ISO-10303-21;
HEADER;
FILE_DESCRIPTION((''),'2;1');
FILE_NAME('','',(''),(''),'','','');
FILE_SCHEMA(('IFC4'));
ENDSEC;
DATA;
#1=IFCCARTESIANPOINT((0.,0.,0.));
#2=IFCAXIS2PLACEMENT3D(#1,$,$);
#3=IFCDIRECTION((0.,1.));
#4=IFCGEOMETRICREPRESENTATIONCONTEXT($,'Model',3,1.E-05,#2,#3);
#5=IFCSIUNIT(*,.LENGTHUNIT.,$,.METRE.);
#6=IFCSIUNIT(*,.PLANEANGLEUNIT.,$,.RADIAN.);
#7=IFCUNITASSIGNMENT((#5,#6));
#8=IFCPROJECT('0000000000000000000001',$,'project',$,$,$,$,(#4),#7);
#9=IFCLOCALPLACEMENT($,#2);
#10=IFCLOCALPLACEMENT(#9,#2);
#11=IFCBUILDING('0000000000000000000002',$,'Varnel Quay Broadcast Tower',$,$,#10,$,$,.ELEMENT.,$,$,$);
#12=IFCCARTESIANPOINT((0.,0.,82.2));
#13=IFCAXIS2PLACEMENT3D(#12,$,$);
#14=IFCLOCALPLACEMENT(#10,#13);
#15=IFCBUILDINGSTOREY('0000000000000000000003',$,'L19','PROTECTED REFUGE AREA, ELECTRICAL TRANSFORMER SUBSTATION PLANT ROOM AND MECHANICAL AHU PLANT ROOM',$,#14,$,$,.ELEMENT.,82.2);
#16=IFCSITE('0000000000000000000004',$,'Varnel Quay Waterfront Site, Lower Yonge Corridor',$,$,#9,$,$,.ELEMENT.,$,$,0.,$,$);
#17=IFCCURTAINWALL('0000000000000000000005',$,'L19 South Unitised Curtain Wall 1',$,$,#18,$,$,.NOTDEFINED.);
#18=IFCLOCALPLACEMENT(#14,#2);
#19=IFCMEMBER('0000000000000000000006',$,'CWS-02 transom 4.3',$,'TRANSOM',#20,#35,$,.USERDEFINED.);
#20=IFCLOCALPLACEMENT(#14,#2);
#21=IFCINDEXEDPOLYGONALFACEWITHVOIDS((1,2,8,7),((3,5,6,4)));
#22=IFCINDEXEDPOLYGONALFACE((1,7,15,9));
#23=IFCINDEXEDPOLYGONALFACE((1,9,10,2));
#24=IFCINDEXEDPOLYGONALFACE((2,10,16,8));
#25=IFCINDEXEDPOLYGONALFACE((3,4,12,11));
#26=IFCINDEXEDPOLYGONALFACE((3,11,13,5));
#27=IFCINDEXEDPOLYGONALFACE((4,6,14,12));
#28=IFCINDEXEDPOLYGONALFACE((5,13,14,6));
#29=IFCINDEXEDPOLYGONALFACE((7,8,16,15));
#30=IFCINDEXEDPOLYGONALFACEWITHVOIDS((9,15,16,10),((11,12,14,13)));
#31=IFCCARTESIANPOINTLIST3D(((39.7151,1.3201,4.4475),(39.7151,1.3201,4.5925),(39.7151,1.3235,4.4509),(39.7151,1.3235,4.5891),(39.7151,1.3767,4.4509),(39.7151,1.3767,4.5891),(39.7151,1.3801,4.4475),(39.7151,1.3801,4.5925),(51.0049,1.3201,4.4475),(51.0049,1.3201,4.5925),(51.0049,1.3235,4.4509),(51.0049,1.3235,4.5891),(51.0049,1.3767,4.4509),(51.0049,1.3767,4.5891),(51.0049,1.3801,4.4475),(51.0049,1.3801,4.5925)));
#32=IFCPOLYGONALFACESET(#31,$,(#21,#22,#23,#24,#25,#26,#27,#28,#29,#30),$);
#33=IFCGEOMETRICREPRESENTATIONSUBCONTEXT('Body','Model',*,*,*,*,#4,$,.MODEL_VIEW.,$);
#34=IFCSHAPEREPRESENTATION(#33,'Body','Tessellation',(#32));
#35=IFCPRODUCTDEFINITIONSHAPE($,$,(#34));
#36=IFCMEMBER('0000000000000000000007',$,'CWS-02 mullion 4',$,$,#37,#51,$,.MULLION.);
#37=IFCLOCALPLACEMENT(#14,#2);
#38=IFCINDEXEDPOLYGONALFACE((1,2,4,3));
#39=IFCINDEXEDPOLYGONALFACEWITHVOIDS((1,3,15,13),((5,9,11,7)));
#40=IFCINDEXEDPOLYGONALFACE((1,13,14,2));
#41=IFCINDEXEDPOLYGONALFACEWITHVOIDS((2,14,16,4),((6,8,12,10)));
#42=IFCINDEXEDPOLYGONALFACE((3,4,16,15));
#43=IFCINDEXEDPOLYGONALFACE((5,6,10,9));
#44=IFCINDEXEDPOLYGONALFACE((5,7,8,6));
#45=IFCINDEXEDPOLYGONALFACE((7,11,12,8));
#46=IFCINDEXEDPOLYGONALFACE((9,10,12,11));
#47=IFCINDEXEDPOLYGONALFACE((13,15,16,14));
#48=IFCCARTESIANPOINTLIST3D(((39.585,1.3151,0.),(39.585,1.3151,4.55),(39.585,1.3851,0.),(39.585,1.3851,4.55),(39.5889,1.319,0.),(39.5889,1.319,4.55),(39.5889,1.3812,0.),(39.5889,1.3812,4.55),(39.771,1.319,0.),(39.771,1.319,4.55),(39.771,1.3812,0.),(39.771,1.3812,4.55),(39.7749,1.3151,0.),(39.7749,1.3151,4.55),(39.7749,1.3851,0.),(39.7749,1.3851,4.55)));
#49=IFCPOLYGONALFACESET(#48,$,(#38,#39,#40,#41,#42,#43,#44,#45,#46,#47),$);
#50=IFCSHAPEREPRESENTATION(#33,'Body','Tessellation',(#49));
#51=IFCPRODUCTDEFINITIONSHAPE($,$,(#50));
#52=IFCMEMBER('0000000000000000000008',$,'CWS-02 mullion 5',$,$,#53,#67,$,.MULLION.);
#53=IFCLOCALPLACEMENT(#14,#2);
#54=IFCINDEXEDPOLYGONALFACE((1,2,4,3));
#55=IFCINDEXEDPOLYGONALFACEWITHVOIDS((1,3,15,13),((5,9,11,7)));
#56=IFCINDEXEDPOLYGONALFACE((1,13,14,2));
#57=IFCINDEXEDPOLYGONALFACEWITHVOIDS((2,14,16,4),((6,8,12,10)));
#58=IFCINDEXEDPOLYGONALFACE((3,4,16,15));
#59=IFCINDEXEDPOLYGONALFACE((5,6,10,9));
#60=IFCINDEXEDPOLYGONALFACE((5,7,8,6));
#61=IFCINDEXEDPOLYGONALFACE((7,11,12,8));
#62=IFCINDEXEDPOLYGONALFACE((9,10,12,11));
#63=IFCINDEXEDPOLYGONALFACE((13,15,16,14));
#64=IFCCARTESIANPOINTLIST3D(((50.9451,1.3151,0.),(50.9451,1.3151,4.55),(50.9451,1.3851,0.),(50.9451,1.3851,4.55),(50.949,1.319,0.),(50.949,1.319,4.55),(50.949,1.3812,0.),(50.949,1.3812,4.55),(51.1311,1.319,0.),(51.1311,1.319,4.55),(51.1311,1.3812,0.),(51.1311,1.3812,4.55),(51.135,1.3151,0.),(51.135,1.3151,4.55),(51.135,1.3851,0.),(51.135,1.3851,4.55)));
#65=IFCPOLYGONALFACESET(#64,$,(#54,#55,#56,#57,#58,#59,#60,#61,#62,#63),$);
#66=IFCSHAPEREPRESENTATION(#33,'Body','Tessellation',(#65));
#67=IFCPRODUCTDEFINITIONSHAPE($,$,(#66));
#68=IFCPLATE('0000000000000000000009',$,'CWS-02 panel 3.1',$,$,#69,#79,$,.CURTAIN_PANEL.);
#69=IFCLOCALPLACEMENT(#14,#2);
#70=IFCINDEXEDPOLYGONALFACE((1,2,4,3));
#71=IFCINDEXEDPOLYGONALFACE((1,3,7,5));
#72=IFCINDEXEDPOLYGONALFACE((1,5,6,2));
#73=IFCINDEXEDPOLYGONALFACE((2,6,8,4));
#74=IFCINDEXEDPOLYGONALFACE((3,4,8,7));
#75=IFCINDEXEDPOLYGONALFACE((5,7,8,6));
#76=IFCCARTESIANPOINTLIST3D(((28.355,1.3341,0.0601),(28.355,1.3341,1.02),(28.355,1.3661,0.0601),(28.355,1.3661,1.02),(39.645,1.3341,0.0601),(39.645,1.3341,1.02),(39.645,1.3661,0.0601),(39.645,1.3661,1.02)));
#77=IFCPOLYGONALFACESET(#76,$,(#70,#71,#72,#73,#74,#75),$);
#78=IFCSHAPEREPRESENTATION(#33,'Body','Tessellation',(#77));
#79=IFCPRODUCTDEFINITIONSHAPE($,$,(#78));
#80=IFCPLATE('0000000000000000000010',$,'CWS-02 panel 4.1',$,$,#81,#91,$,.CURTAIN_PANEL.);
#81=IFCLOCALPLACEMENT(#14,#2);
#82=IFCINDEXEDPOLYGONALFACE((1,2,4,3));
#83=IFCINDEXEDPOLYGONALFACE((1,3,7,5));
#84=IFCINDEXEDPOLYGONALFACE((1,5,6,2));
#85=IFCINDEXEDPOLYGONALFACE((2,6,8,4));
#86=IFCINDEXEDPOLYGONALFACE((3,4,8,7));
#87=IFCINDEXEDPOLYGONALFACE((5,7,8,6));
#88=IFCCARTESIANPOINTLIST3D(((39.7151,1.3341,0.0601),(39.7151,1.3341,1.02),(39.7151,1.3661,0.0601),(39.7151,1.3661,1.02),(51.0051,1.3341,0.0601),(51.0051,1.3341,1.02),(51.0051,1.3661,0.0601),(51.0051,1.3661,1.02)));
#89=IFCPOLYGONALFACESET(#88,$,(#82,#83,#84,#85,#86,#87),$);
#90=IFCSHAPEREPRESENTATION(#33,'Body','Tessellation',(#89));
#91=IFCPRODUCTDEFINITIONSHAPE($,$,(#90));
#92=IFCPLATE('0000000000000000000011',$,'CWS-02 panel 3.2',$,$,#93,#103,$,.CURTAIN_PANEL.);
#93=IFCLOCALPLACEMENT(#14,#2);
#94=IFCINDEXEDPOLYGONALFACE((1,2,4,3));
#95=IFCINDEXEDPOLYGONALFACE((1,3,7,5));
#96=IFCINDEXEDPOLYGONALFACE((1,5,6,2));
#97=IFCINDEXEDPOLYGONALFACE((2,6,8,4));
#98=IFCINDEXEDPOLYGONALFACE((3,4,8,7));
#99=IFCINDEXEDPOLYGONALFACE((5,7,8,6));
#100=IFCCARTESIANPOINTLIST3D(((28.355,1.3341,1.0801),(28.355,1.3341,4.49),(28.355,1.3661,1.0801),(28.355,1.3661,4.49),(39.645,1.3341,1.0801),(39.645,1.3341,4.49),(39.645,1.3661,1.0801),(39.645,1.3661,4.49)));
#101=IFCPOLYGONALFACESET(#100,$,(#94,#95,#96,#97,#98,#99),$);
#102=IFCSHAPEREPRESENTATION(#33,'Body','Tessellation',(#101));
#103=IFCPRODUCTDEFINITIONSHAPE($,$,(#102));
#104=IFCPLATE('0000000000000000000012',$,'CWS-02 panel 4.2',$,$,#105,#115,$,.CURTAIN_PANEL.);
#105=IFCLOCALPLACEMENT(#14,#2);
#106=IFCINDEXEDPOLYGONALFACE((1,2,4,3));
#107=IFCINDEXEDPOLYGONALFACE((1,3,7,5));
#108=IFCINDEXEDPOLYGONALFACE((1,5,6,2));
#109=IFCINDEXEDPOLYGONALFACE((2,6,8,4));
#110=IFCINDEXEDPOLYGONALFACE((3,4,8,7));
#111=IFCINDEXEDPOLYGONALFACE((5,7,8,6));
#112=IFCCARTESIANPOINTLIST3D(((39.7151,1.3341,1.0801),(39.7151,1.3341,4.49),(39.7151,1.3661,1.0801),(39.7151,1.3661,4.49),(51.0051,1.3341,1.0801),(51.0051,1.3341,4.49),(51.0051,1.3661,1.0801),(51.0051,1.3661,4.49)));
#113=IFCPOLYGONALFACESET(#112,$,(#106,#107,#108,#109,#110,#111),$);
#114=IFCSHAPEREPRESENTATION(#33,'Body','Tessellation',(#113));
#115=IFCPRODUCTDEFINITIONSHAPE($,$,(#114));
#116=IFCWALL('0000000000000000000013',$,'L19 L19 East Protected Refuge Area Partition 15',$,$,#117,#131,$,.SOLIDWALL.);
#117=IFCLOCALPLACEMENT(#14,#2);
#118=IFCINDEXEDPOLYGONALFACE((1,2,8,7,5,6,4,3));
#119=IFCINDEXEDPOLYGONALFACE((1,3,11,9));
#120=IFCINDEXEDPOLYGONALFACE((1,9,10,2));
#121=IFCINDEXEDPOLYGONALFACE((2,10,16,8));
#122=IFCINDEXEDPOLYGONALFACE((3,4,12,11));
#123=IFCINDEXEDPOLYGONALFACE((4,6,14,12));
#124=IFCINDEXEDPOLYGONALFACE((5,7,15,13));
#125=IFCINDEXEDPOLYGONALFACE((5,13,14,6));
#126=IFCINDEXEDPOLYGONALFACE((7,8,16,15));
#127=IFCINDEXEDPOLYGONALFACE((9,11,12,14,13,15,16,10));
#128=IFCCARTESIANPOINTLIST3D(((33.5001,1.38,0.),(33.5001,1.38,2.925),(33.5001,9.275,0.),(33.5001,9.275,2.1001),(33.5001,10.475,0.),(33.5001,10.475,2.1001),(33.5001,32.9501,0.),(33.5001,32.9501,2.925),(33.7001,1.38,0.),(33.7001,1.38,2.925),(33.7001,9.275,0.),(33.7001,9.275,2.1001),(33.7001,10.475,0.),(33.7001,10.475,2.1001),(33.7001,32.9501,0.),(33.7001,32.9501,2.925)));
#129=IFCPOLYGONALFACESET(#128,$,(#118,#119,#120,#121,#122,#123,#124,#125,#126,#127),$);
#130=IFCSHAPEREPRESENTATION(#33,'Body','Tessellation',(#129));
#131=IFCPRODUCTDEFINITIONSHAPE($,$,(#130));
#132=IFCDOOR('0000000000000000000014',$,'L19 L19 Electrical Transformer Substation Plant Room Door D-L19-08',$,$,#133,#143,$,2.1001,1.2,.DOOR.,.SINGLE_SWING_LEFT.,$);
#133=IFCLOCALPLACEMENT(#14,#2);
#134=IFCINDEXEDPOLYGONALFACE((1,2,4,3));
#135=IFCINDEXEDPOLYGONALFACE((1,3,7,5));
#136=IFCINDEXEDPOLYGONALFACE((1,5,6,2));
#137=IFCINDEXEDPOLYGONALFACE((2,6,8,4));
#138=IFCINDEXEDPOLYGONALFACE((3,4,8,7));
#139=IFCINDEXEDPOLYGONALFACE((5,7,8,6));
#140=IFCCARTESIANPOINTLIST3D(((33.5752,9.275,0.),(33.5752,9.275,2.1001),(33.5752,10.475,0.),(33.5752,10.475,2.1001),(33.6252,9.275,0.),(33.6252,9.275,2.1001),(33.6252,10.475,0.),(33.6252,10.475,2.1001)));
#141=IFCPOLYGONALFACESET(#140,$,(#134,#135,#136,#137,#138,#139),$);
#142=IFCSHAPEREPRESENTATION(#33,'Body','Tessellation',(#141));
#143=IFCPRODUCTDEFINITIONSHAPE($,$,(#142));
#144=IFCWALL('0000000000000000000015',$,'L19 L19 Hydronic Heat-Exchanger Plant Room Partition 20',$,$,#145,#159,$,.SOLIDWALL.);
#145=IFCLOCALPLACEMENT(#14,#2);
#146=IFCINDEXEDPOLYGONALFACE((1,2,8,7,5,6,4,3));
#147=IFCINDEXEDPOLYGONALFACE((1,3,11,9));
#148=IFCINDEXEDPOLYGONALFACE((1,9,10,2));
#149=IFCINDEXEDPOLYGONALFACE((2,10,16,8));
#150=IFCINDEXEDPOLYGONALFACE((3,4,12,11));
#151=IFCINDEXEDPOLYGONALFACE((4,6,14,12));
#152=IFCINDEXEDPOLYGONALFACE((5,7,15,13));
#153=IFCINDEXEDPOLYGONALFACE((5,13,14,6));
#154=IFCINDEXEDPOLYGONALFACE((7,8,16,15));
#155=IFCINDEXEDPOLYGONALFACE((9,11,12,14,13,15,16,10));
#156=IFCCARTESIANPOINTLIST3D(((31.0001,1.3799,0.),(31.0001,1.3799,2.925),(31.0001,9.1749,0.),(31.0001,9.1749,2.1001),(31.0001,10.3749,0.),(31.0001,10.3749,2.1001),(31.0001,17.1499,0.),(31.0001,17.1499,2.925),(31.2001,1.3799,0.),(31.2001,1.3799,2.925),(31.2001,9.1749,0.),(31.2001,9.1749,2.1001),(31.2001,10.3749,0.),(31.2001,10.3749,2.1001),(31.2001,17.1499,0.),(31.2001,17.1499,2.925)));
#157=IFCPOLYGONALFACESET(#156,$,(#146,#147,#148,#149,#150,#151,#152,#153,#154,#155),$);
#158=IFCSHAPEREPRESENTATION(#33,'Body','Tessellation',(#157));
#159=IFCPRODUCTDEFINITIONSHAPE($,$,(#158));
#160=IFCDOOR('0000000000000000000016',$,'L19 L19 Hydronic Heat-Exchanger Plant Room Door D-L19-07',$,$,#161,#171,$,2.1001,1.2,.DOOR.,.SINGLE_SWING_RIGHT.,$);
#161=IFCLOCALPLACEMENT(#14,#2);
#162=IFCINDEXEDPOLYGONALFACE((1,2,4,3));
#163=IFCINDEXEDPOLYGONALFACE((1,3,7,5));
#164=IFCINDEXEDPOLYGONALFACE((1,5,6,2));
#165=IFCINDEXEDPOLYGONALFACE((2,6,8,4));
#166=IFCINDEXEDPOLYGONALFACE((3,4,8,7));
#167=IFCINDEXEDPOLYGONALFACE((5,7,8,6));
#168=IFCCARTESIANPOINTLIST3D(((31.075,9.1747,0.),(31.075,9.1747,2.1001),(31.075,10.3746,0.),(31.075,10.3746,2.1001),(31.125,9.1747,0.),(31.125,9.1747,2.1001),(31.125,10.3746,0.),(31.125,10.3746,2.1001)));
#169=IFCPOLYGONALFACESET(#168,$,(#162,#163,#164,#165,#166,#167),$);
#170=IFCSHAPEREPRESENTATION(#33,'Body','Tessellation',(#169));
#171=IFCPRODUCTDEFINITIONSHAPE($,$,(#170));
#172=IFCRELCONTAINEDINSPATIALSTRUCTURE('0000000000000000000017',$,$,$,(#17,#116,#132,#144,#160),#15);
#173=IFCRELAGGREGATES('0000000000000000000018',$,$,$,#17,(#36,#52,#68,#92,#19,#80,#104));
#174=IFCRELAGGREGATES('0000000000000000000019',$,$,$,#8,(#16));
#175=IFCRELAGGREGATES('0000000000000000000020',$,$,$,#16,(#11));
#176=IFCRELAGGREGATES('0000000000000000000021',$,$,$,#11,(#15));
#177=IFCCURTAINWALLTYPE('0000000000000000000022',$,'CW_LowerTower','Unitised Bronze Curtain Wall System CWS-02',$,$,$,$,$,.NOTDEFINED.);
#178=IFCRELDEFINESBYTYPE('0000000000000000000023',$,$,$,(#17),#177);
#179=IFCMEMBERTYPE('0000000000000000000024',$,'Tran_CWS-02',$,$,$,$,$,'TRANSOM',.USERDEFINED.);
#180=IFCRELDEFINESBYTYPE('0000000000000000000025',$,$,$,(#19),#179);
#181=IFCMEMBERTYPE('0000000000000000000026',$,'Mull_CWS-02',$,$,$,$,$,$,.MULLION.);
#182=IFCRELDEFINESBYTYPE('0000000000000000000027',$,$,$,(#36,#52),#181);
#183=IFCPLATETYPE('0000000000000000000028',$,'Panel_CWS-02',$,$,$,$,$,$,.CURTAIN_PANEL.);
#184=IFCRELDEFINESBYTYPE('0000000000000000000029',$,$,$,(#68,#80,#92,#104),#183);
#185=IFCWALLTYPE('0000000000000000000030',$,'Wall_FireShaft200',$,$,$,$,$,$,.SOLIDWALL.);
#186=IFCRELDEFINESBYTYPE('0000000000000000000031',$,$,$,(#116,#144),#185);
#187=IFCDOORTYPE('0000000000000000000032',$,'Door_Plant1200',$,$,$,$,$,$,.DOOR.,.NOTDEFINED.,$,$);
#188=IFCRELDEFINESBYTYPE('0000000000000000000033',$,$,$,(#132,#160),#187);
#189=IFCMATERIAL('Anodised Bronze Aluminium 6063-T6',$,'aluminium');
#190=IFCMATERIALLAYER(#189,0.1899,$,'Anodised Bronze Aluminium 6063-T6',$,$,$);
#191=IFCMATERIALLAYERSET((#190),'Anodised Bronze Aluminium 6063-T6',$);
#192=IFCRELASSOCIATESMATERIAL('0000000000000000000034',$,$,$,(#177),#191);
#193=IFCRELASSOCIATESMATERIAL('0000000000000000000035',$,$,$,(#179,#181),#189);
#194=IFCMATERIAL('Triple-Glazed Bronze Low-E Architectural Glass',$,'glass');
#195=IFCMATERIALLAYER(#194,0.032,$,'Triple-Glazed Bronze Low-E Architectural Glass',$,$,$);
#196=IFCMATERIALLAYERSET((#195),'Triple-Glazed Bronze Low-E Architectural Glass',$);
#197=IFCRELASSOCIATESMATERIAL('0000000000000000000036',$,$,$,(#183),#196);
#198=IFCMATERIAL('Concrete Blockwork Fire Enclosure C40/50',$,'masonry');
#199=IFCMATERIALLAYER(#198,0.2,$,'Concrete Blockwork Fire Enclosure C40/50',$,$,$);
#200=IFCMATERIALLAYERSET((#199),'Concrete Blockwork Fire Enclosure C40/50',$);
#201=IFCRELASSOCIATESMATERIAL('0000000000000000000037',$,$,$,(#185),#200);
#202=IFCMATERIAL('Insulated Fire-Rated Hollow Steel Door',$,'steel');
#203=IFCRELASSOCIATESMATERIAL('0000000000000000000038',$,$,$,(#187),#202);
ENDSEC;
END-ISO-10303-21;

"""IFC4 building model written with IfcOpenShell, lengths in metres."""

from ifc_helpers import new_model, si_unit, direction, frame, frame_2d, origin, origin_2d, place, context, subcontext, project, spatial, rectangle, hollow_rectangle, extrude, source, transform, mapped, material, layer, layer_set, material_profile, profile_set, type_object, type_shapes, element, fill, aggregate, save


model = new_model("IFC4")

# Units and contexts
model_context = context("Model", 3, precision=1e-05, world=origin(), true_north=direction((0.0, 1.0)))
body_context = subcontext(model_context, "Body", "Model", "MODEL_VIEW")
ifc_project = project(units=[si_unit("LENGTHUNIT", "METRE"), si_unit("PLANEANGLEUNIT", "RADIAN")], contexts=[model_context])

# Site, building, storey
site_placement = place(None, origin())
site = spatial("IfcSite", under=ifc_project, at=site_placement, Name="Varnel Quay Waterfront Site, Lower Yonge Corridor", CompositionType="ELEMENT", RefElevation=0.0)
building_placement = place(site_placement, origin())
building = spatial("IfcBuilding", under=site, at=building_placement, Name="Varnel Quay Broadcast Tower", CompositionType="ELEMENT")
storey_placement = place(building_placement, frame((0.0, 0.0, 82.2)))
storey = spatial("IfcBuildingStorey", under=building, at=storey_placement, Name="L19", Description="PROTECTED REFUGE AREA, ELECTRICAL TRANSFORMER SUBSTATION PLANT ROOM AND MECHANICAL AHU PLANT ROOM", CompositionType="ELEMENT", Elevation=82.2)

# Curtain wall, members, plates
ifc_material_1 = material(Name="Anodised Bronze Aluminium 6063-T6", Category="aluminium")
ifc_layer_1 = layer(ifc_material_1, 0.1899, Name="Anodised Bronze Aluminium 6063-T6")
ifc_layer_set_1 = layer_set([ifc_layer_1], Name="Anodised Bronze Aluminium 6063-T6")
curtain_wall_type = type_object("IfcCurtainWallType", Name="CW_LowerTower", Description="Unitised Bronze Curtain Wall System CWS-02", PredefinedType="NOTDEFINED", material=ifc_layer_set_1)
curtain_wall_placement = place(storey_placement, origin())
curtain_wall = element("IfcCurtainWall", 1, at=curtain_wall_placement, inside=storey, type_object=curtain_wall_type, Name="L19 South Unitised Curtain Wall 1", PredefinedType="NOTDEFINED")
ifc_material_profile_1 = material_profile(ifc_material_1, hollow_rectangle(XDim=0.0601, YDim=0.145, WallThickness=0.0034, at=origin_2d()), Name="ALU60X145X3.5")
ifc_profile_set_1 = profile_set([ifc_material_profile_1], Name="Anodised Bronze Aluminium 6063-T6")
member_type_1 = type_object("IfcMemberType", Name="Tran_CWS-02", ElementType="TRANSOM", PredefinedType="USERDEFINED", material=ifc_profile_set_1)
shared_shape_1 = source(origin(), body_context, "Body", "SweptSolid", [
    extrude(hollow_rectangle(XDim=0.0601, YDim=0.145, WallThickness=0.0034, at=origin_2d()), origin(), (0.0, 0.0, 1.0), 11.2898),
])
member_1_placement = place(storey_placement, frame((39.7151, 1.3501, 4.52), z_axis=(1.0, 0.0, 0.0), x_axis=(0.0, 1.0, 0.0)))
member_1 = element("IfcMember", 2, at=member_1_placement, type_object=member_type_1, Name="CWS-02 transom 4.3", ObjectType="TRANSOM", PredefinedType="USERDEFINED", context=body_context, shape_type="MappedRepresentation", body=[
    mapped(shared_shape_1, transform((0.0, 0.0, 0.0), x_axis=(1.0, 0.0, 0.0), y_axis=(0.0, 1.0, 0.0), z_axis=(0.0, 0.0, 1.0), scale=1.0)),
])
ifc_material_profile_2 = material_profile(ifc_material_1, hollow_rectangle(XDim=0.0701, YDim=0.1899, WallThickness=0.0039, at=origin_2d()), Name="ALU70X190X4")
ifc_profile_set_2 = profile_set([ifc_material_profile_2], Name="Anodised Bronze Aluminium 6063-T6")
member_type_2 = type_object("IfcMemberType", Name="Mull_CWS-02", PredefinedType="MULLION", material=ifc_profile_set_2)
shared_shape_2 = source(origin(), body_context, "Body", "SweptSolid", [
    extrude(hollow_rectangle(XDim=0.0701, YDim=0.1899, WallThickness=0.0039, at=origin_2d()), origin(), (0.0, 0.0, 1.0), 4.55),
])
type_shapes(member_type_2, [shared_shape_2])
member_2_placement = place(storey_placement, frame((39.6799, 1.3501, 0.0), z_axis=(0.0, 0.0, 1.0), x_axis=(0.0, 1.0, 0.0)))
member_2 = element("IfcMember", 3, at=member_2_placement, type_object=member_type_2, Name="CWS-02 mullion 4", PredefinedType="MULLION", context=body_context, shape_type="MappedRepresentation", body=[
    mapped(shared_shape_2, transform((0.0, 0.0, 0.0), x_axis=(1.0, 0.0, 0.0), y_axis=(0.0, 1.0, 0.0), z_axis=(0.0, 0.0, 1.0), scale=1.0)),
])
member_3_placement = place(storey_placement, frame((51.04, 1.3501, 0.0), z_axis=(0.0, 0.0, 1.0), x_axis=(0.0, 1.0, 0.0)))
member_3 = element("IfcMember", 4, at=member_3_placement, type_object=member_type_2, Name="CWS-02 mullion 5", PredefinedType="MULLION", context=body_context, shape_type="MappedRepresentation", body=[
    mapped(shared_shape_2, transform((0.0, 0.0, 0.0), x_axis=(1.0, 0.0, 0.0), y_axis=(0.0, 1.0, 0.0), z_axis=(0.0, 0.0, 1.0), scale=1.0)),
])
ifc_material_2 = material(Name="Triple-Glazed Bronze Low-E Architectural Glass", Category="glass")
ifc_layer_2 = layer(ifc_material_2, 0.032, Name="Triple-Glazed Bronze Low-E Architectural Glass")
ifc_layer_set_2 = layer_set([ifc_layer_2], Name="Triple-Glazed Bronze Low-E Architectural Glass")
plate_type = type_object("IfcPlateType", Name="Panel_CWS-02", PredefinedType="CURTAIN_PANEL", material=ifc_layer_set_2)
shared_shape_3 = source(origin(), body_context, "Body", "SweptSolid", [
    extrude(rectangle(XDim=11.29, YDim=0.032, at=origin_2d()), origin(), (0.0, 0.0, 1.0), 0.96),
])
plate_1_placement = place(storey_placement, frame((34.0, 1.3501, 0.0601), z_axis=(0.0, 0.0, 1.0), x_axis=(1.0, 0.0, 0.0)))
plate_1 = element("IfcPlate", 5, at=plate_1_placement, type_object=plate_type, Name="CWS-02 panel 3.1", PredefinedType="CURTAIN_PANEL", context=body_context, shape_type="MappedRepresentation", body=[
    mapped(shared_shape_3, transform((0.0, 0.0, 0.0), x_axis=(1.0, 0.0, 0.0), y_axis=(0.0, 1.0, 0.0), z_axis=(0.0, 0.0, 1.0), scale=1.0)),
])
plate_2_placement = place(storey_placement, frame((45.3601, 1.3501, 0.0601), z_axis=(0.0, 0.0, 1.0), x_axis=(1.0, 0.0, 0.0)))
plate_2 = element("IfcPlate", 6, at=plate_2_placement, type_object=plate_type, Name="CWS-02 panel 4.1", PredefinedType="CURTAIN_PANEL", context=body_context, shape_type="MappedRepresentation", body=[
    mapped(shared_shape_3, transform((0.0, 0.0, 0.0), x_axis=(1.0, 0.0, 0.0), y_axis=(0.0, 1.0, 0.0), z_axis=(0.0, 0.0, 1.0), scale=1.0)),
])
shared_shape_4 = source(origin(), body_context, "Body", "SweptSolid", [
    extrude(rectangle(XDim=11.29, YDim=0.032, at=origin_2d()), origin(), (0.0, 0.0, 1.0), 3.4099),
])
type_shapes(plate_type, [shared_shape_3, shared_shape_4])
plate_3_placement = place(storey_placement, frame((34.0, 1.3501, 1.0801), z_axis=(0.0, 0.0, 1.0), x_axis=(1.0, 0.0, 0.0)))
plate_3 = element("IfcPlate", 7, at=plate_3_placement, type_object=plate_type, Name="CWS-02 panel 3.2", PredefinedType="CURTAIN_PANEL", context=body_context, shape_type="MappedRepresentation", body=[
    mapped(shared_shape_4, transform((0.0, 0.0, 0.0), x_axis=(1.0, 0.0, 0.0), y_axis=(0.0, 1.0, 0.0), z_axis=(0.0, 0.0, 1.0), scale=1.0)),
])
plate_4_placement = place(storey_placement, frame((45.3601, 1.3501, 1.0801), z_axis=(0.0, 0.0, 1.0), x_axis=(1.0, 0.0, 0.0)))
plate_4 = element("IfcPlate", 8, at=plate_4_placement, type_object=plate_type, Name="CWS-02 panel 4.2", PredefinedType="CURTAIN_PANEL", context=body_context, shape_type="MappedRepresentation", body=[
    mapped(shared_shape_4, transform((0.0, 0.0, 0.0), x_axis=(1.0, 0.0, 0.0), y_axis=(0.0, 1.0, 0.0), z_axis=(0.0, 0.0, 1.0), scale=1.0)),
])
aggregate(curtain_wall, [member_2, member_3, plate_1, plate_3, member_1, plate_2, plate_4])

# Walls, openings, doors
ifc_material_3 = material(Name="Concrete Blockwork Fire Enclosure C40/50", Category="masonry")
ifc_layer_3 = layer(ifc_material_3, 0.2, Name="Concrete Blockwork Fire Enclosure C40/50")
ifc_layer_set_3 = layer_set([ifc_layer_3], Name="Concrete Blockwork Fire Enclosure C40/50")
wall_type = type_object("IfcWallType", Name="Wall_FireShaft200", PredefinedType="SOLIDWALL", material=ifc_layer_set_3)
wall_1_placement = place(storey_placement, frame((33.6001, 1.3799, 0.0), z_axis=(0.0, 0.0, 1.0), x_axis=(0.0, 1.0, 0.0)))
wall_1 = element("IfcWall", 9, at=wall_1_placement, inside=storey, type_object=wall_type, Name="L19 L19 East Protected Refuge Area Partition 15", PredefinedType="SOLIDWALL", context=body_context, shape_type="SweptSolid", body=[
    extrude(rectangle(XDim=31.5701, YDim=0.2, at=frame_2d((15.7852, 0.0))), origin(), (0.0, 0.0, 1.0), 2.925),
])
opening_1_placement = place(wall_1_placement, frame((7.895, 0.0, 0.0)))
opening_1 = element("IfcOpeningElement", 10, at=opening_1_placement, cuts=wall_1, PredefinedType="OPENING", context=body_context, shape_type="SweptSolid", body=[
    extrude(rectangle(XDim=1.2, YDim=2.1001, at=frame_2d((0.6001, 1.05))), frame((0.0, 0.1099, 0.0), z_axis=(0.0, -1.0, 0.0), x_axis=(1.0, 0.0, 0.0)), (0.0, 0.0, 1.0), 0.22),
])
ifc_material_4 = material(Name="Insulated Fire-Rated Hollow Steel Door", Category="steel")
door_type = type_object("IfcDoorType", Name="Door_Plant1200", OperationType="NOTDEFINED", PredefinedType="DOOR", material=ifc_material_4)
shared_shape_5 = source(origin(), body_context, "Body", "SweptSolid", [
    extrude(rectangle(XDim=1.2, YDim=2.1001, at=frame_2d((0.6001, 1.05))), frame((0.0, 0.0249, 0.0), z_axis=(0.0, -1.0, 0.0), x_axis=(1.0, 0.0, 0.0)), (0.0, 0.0, 1.0), 0.05),
])
type_shapes(door_type, [shared_shape_5])
door_1_placement = place(opening_1_placement, origin())
door_1 = element("IfcDoor", 11, at=door_1_placement, inside=storey, type_object=door_type, Name="L19 L19 Electrical Transformer Substation Plant Room Door D-L19-08", OperationType="SINGLE_SWING_LEFT", OverallHeight=2.1001, OverallWidth=1.2, PredefinedType="DOOR", context=body_context, shape_type="MappedRepresentation", body=[
    mapped(shared_shape_5, transform((0.0, 0.0, 0.0), x_axis=(1.0, 0.0, 0.0), y_axis=(0.0, 1.0, 0.0), z_axis=(0.0, 0.0, 1.0), scale=1.0)),
])
fill(opening_1, door_1)
wall_2_placement = place(storey_placement, frame((31.1001, 1.3799, 0.0), z_axis=(0.0, 0.0, 1.0), x_axis=(0.0, 1.0, 0.0)))
wall_2 = element("IfcWall", 12, at=wall_2_placement, inside=storey, type_object=wall_type, Name="L19 L19 Hydronic Heat-Exchanger Plant Room Partition 20", PredefinedType="SOLIDWALL", context=body_context, shape_type="SweptSolid", body=[
    extrude(rectangle(XDim=15.77, YDim=0.2, at=frame_2d((7.885, 0.0))), origin(), (0.0, 0.0, 1.0), 2.925),
])
opening_2_placement = place(wall_2_placement, frame((7.7949, 0.0, 0.0)))
opening_2 = element("IfcOpeningElement", 13, at=opening_2_placement, cuts=wall_2, PredefinedType="OPENING", context=body_context, shape_type="SweptSolid", body=[
    extrude(rectangle(XDim=1.2, YDim=2.1001, at=frame_2d((0.6001, 1.05))), frame((0.0, 0.1099, 0.0), z_axis=(0.0, -1.0, 0.0), x_axis=(1.0, 0.0, 0.0)), (0.0, 0.0, 1.0), 0.22),
])
door_2_placement = place(opening_2_placement, frame((1.2, 0.0, 0.0), z_axis=(0.0, 0.0, 1.0), x_axis=(-1.0, 0.0, 0.0)))
door_2 = element("IfcDoor", 14, at=door_2_placement, inside=storey, type_object=door_type, Name="L19 L19 Hydronic Heat-Exchanger Plant Room Door D-L19-07", OperationType="SINGLE_SWING_RIGHT", OverallHeight=2.1001, OverallWidth=1.2, PredefinedType="DOOR", context=body_context, shape_type="MappedRepresentation", body=[
    mapped(shared_shape_5, transform((0.0, 0.0, 0.0), x_axis=(1.0, 0.0, 0.0), y_axis=(0.0, 1.0, 0.0), z_axis=(0.0, 0.0, 1.0), scale=1.0)),
])
fill(opening_2, door_2)

save(model, "model.ifc")
